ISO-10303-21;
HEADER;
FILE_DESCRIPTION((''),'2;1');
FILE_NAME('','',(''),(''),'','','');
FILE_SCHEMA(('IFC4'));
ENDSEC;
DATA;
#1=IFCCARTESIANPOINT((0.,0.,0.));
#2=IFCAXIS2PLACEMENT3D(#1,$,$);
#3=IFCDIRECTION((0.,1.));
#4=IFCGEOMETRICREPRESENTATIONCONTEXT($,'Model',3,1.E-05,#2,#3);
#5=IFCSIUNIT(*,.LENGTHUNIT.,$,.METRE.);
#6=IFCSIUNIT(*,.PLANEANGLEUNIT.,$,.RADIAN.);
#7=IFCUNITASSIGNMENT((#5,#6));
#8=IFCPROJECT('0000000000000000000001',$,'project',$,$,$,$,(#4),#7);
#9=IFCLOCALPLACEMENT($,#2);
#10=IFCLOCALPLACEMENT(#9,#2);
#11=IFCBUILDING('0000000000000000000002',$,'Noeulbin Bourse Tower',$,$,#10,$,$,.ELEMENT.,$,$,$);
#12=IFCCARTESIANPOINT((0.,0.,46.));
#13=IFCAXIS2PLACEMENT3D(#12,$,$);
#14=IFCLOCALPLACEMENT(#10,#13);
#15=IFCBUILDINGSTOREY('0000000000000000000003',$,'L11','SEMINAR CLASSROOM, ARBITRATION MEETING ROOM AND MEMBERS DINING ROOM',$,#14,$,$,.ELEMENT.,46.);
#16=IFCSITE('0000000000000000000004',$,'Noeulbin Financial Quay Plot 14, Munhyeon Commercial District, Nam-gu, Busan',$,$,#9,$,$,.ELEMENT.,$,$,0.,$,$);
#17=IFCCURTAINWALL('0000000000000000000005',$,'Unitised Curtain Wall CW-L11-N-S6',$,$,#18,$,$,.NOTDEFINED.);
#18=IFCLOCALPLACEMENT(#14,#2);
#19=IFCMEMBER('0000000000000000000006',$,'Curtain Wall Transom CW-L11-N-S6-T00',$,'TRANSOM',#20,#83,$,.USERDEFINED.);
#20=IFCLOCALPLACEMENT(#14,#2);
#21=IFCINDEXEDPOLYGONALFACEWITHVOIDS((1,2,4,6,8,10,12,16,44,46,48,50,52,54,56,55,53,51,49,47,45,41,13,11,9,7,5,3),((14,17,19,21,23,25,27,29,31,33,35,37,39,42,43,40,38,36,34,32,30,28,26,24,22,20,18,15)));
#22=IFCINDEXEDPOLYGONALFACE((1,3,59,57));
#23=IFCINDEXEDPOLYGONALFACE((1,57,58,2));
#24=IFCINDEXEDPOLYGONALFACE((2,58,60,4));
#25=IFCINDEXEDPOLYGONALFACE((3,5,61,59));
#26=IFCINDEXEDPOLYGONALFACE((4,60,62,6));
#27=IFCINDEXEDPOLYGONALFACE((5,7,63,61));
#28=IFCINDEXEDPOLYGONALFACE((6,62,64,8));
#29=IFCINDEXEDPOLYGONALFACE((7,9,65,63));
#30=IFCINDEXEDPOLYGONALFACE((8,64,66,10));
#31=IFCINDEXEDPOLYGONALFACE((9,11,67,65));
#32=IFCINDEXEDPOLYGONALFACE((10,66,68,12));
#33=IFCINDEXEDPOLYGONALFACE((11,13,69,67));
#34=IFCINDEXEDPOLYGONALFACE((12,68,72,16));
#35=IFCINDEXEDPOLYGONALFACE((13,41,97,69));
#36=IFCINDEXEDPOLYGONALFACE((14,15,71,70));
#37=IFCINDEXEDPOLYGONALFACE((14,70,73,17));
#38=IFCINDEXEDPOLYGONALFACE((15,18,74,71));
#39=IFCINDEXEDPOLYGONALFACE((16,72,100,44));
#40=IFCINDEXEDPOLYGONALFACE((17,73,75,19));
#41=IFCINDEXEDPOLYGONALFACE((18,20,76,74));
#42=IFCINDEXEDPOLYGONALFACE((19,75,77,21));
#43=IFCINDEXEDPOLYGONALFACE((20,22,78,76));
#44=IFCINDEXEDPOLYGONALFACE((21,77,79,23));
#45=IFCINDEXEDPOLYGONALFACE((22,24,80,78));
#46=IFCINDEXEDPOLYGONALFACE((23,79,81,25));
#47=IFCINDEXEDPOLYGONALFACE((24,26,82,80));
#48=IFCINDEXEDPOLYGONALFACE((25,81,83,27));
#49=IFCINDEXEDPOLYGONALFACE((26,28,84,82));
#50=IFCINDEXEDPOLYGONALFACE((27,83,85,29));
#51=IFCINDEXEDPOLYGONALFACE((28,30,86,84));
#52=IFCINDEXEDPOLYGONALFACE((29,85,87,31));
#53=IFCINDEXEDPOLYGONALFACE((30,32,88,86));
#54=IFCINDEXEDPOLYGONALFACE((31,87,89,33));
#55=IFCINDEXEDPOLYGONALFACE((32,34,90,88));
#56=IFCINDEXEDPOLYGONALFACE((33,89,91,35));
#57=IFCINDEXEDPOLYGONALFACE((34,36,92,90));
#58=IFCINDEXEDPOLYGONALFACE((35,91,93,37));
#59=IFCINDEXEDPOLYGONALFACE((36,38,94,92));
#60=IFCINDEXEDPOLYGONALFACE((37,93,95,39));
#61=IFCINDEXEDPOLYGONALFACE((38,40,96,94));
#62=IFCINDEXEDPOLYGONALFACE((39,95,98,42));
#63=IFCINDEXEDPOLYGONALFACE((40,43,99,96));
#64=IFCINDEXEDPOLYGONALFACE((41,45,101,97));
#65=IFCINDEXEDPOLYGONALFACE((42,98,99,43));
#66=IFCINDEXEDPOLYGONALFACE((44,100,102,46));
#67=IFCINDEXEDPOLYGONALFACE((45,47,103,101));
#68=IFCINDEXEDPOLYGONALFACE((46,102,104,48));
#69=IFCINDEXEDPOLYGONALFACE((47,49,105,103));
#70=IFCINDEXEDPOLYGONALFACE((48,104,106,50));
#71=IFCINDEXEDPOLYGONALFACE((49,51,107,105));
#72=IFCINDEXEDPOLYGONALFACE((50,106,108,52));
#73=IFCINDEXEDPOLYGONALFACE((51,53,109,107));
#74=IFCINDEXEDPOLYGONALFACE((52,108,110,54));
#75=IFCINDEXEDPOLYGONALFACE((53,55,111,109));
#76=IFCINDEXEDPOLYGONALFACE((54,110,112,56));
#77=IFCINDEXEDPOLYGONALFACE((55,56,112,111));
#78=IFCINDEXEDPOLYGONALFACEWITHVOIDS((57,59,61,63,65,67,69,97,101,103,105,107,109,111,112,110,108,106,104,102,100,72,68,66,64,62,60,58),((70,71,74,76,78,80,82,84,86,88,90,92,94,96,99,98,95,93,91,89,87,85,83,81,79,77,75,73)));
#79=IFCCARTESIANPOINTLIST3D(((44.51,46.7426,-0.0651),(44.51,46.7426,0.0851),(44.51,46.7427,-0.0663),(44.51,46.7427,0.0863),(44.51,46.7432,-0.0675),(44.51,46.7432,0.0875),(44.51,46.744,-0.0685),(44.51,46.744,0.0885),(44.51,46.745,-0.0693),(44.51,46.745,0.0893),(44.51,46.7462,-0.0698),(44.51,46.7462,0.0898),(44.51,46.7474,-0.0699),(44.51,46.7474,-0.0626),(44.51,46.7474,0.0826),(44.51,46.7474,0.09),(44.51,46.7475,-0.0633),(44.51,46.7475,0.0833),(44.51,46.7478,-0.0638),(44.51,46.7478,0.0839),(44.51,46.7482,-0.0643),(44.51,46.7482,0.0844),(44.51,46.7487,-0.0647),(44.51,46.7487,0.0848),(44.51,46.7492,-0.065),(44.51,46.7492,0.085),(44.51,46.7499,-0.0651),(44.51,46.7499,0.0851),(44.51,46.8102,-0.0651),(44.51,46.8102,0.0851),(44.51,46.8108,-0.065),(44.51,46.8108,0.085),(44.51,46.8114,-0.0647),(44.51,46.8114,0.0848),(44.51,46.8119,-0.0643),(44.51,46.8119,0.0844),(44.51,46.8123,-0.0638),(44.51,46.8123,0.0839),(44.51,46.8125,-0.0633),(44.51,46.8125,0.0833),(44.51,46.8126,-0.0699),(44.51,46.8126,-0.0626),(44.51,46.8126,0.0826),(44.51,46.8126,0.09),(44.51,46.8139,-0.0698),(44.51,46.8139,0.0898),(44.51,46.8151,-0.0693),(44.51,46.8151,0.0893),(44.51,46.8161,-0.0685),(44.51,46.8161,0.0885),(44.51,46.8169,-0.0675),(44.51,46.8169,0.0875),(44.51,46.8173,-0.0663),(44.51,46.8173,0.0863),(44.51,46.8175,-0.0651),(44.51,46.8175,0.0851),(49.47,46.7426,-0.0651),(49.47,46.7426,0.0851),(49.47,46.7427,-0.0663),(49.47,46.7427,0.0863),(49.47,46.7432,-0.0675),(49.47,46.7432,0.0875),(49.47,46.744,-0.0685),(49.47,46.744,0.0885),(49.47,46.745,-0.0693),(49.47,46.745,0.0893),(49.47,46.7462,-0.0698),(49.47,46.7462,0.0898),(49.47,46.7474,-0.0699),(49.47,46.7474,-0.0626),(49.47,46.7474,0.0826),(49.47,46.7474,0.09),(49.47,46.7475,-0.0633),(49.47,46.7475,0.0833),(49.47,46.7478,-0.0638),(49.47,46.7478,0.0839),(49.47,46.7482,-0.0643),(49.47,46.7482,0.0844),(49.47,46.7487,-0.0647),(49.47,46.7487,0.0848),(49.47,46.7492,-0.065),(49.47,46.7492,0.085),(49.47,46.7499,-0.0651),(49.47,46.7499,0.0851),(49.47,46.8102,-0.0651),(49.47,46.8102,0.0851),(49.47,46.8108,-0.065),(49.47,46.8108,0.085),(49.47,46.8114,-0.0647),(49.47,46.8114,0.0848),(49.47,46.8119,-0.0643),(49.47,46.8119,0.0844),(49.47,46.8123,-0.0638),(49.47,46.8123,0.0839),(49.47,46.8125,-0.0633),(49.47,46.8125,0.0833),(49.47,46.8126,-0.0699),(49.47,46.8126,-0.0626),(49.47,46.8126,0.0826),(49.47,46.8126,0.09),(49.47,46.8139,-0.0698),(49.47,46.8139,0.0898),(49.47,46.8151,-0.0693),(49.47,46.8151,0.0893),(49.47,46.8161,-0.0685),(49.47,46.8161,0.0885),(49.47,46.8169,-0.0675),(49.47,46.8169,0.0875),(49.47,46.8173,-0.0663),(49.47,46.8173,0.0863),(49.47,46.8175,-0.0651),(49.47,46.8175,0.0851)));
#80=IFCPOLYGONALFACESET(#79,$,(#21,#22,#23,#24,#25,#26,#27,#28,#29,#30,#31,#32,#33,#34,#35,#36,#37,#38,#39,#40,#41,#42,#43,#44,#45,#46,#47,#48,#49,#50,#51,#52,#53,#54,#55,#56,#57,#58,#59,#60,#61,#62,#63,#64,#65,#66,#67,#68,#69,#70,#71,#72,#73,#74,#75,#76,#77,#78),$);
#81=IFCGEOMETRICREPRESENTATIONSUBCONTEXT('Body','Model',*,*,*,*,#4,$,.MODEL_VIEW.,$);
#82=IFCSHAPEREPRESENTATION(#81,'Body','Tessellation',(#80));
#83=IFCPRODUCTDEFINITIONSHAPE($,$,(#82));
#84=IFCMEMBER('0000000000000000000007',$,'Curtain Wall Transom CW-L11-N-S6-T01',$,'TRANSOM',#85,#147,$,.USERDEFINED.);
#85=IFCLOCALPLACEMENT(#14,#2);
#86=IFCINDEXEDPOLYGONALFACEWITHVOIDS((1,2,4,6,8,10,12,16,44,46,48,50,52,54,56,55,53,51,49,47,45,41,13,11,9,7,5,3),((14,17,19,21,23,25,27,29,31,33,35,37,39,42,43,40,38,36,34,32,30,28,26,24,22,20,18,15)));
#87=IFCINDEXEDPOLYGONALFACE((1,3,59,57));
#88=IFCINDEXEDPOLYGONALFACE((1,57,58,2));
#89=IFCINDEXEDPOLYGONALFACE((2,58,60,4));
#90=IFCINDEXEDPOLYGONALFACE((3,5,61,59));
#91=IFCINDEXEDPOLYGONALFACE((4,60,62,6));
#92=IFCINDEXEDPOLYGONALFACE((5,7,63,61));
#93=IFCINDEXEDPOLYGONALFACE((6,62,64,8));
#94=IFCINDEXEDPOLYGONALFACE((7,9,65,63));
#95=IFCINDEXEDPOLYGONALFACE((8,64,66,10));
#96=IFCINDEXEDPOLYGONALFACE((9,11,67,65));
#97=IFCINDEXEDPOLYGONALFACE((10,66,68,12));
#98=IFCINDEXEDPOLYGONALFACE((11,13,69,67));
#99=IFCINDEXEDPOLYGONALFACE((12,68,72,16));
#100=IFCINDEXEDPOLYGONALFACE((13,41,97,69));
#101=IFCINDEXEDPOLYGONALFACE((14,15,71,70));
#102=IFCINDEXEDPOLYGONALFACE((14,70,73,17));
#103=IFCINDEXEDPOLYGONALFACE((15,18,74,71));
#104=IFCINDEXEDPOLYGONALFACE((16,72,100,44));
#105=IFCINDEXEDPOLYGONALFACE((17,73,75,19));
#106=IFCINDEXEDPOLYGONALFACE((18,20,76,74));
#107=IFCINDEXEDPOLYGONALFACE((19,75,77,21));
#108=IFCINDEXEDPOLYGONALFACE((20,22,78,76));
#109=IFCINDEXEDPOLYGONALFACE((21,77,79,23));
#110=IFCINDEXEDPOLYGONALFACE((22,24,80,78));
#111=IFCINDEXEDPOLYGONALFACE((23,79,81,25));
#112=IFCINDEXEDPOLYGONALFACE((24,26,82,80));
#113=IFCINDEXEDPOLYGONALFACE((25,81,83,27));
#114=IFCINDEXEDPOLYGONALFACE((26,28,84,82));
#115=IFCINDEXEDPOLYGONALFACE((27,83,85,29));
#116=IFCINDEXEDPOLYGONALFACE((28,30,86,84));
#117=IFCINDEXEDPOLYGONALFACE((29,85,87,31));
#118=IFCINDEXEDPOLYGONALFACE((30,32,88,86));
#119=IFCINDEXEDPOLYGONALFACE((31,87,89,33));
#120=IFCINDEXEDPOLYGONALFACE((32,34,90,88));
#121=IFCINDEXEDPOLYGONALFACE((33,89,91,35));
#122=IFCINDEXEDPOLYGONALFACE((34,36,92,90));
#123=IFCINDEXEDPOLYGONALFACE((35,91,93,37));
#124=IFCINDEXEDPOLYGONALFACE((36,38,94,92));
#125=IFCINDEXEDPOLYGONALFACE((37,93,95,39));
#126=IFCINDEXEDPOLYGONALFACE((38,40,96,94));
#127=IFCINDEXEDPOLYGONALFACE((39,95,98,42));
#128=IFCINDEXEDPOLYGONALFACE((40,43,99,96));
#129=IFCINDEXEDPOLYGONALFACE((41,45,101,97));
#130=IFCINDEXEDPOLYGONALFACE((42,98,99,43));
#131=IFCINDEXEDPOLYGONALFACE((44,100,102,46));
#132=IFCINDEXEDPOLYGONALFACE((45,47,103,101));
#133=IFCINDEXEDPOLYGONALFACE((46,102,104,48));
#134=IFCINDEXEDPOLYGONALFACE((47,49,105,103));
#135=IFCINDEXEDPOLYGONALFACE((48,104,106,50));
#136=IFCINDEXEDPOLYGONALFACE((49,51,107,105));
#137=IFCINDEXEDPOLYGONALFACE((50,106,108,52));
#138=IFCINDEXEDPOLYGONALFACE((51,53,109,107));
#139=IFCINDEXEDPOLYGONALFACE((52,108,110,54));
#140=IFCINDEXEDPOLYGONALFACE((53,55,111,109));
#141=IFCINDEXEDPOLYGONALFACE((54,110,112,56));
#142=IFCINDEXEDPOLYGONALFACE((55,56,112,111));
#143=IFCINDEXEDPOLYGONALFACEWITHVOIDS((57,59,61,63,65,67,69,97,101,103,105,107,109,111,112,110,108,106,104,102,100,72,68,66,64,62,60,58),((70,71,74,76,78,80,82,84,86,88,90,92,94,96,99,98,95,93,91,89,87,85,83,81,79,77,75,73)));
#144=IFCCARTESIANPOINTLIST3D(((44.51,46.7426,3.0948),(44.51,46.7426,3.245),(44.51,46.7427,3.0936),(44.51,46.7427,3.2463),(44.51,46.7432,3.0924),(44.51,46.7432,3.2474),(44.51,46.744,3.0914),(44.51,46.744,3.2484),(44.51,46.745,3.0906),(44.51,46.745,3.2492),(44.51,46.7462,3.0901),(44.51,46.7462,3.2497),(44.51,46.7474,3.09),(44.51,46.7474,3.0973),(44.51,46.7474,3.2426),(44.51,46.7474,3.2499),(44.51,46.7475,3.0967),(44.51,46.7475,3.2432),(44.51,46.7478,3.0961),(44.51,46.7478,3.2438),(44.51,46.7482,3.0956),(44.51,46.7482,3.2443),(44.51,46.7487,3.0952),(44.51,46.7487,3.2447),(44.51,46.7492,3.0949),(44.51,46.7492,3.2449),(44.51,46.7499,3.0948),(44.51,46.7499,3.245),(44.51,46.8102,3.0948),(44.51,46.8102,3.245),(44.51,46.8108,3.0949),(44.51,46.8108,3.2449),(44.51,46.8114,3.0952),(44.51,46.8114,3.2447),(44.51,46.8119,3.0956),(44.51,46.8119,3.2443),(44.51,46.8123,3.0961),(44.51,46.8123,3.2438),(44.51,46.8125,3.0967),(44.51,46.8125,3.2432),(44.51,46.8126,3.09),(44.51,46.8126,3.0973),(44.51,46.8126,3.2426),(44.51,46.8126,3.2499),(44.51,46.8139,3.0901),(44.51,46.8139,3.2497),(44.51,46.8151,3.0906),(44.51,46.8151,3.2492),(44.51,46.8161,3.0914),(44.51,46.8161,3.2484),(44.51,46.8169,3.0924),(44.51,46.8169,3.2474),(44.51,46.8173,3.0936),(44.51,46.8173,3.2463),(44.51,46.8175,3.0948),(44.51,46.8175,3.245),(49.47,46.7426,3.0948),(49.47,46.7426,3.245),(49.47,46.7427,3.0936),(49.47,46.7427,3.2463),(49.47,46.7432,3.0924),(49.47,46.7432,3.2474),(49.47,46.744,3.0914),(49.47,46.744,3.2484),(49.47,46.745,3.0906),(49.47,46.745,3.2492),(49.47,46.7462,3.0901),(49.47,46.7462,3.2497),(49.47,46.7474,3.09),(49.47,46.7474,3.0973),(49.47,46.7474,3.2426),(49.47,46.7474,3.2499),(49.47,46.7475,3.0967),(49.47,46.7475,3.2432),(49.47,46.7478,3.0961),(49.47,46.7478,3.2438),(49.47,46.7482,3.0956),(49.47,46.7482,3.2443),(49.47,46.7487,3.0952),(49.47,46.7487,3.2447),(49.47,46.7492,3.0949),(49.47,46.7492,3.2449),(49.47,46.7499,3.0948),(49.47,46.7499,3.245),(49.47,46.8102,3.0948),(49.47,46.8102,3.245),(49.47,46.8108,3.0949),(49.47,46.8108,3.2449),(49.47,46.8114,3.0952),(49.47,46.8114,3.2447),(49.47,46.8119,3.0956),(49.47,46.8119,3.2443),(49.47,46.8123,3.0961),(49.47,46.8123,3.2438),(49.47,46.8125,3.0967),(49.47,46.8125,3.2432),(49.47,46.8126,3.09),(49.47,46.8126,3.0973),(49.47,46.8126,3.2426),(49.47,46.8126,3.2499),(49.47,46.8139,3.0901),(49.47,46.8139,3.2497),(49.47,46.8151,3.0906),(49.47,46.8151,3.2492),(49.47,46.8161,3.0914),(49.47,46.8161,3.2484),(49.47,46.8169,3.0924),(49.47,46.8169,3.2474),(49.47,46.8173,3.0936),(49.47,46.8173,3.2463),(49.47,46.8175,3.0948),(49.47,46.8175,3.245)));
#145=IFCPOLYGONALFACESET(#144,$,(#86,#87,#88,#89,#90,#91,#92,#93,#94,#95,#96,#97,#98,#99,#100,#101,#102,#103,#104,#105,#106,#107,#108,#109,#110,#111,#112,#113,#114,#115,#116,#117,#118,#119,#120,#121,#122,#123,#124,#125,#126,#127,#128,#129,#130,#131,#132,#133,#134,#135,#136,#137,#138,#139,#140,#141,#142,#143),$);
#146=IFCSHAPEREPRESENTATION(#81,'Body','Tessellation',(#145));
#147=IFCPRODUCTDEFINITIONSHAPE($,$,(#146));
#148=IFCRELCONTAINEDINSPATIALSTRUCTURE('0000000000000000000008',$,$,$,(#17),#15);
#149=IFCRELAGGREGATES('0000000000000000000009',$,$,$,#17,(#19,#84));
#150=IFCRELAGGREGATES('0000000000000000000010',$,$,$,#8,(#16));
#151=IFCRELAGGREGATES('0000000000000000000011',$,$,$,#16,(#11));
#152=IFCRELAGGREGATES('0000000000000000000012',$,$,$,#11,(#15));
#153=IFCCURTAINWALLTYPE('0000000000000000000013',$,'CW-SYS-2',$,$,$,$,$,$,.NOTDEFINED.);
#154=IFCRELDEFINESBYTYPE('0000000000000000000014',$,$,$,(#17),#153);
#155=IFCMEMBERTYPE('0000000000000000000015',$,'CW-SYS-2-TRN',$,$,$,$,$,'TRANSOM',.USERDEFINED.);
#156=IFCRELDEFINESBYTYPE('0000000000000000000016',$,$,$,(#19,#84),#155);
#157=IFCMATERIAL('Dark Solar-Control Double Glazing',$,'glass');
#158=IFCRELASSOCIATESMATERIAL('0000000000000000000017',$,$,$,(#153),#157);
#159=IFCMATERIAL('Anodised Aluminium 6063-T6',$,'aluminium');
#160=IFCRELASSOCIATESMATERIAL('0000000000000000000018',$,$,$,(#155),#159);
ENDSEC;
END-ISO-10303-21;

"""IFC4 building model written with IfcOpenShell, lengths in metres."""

from ifc_helpers import new_model, si_unit, direction, frame, origin, origin_2d, place, context, subcontext, project, spatial, hollow_rectangle, extrude, material, material_profile, profile_set, type_object, element, aggregate, save


model = new_model("IFC4")

# Units and contexts
model_context = context("Model", 3, precision=1e-05, world=origin(), true_north=direction((0.0, 1.0)))
body_context = subcontext(model_context, "Body", "Model", "MODEL_VIEW")
ifc_project = project(units=[si_unit("LENGTHUNIT", "METRE"), si_unit("PLANEANGLEUNIT", "RADIAN")], contexts=[model_context])

# Site, building, storey
site_placement = place(None, origin())
site = spatial("IfcSite", under=ifc_project, at=site_placement, Name="Noeulbin Financial Quay Plot 14, Munhyeon Commercial District, Nam-gu, Busan", CompositionType="ELEMENT", RefElevation=0.0)
building_placement = place(site_placement, origin())
building = spatial("IfcBuilding", under=site, at=building_placement, Name="Noeulbin Bourse Tower", CompositionType="ELEMENT")
storey_placement = place(building_placement, frame((0.0, 0.0, 46.0)))
storey = spatial("IfcBuildingStorey", under=building, at=storey_placement, Name="L11", Description="SEMINAR CLASSROOM, ARBITRATION MEETING ROOM AND MEMBERS DINING ROOM", CompositionType="ELEMENT", Elevation=46.0)

# Shared definitions
ifc_material_1 = material(Name="Dark Solar-Control Double Glazing", Category="glass")
curtain_wall_type = type_object("IfcCurtainWallType", Name="CW-SYS-2", PredefinedType="NOTDEFINED", material=ifc_material_1)
ifc_material_2 = material(Name="Anodised Aluminium 6063-T6", Category="aluminium")

# Curtain wall
curtain_wall_1_placement = place(storey_placement, origin())
curtain_wall_1 = element("IfcCurtainWall", 1, at=curtain_wall_1_placement, inside=storey, type_object=curtain_wall_type, Name="Unitised Curtain Wall CW-L11-N-S6", PredefinedType="NOTDEFINED")

# Members
ifc_material_profile_1 = material_profile(ifc_material_2, hollow_rectangle(XDim=0.075, YDim=0.1599, WallThickness=0.0049, InnerFilletRadius=0.0024, OuterFilletRadius=0.0049, at=origin_2d()), Name="ALU-TRAN-75x160x5", Category="LoadBearing")
ifc_profile_set_1 = profile_set([ifc_material_profile_1], Name="Anodised Aluminium 6063-T6")
member_type_1 = type_object("IfcMemberType", Name="CW-SYS-2-TRN", ElementType="TRANSOM", PredefinedType="USERDEFINED", material=ifc_profile_set_1)
member_1_placement = place(storey_placement, frame((44.51, 46.78, 0.01), z_axis=(1.0, 0.0, 0.0), x_axis=(0.0, 1.0, 0.0)))
member_1 = element("IfcMember", 2, at=member_1_placement, type_object=member_type_1, Name="Curtain Wall Transom CW-L11-N-S6-T00", ObjectType="TRANSOM", PredefinedType="USERDEFINED", context=body_context, shape_type="SweptSolid", body=[
    extrude(hollow_rectangle(XDim=0.075, YDim=0.1599, WallThickness=0.0049, InnerFilletRadius=0.0024, OuterFilletRadius=0.0049, at=origin_2d()), origin(), (0.0, 0.0, 1.0), 4.96),
])
member_2_placement = place(storey_placement, frame((44.51, 46.78, 3.1699), z_axis=(1.0, 0.0, 0.0), x_axis=(0.0, 1.0, 0.0)))
member_2 = element("IfcMember", 3, at=member_2_placement, type_object=member_type_1, Name="Curtain Wall Transom CW-L11-N-S6-T01", ObjectType="TRANSOM", PredefinedType="USERDEFINED", context=body_context, shape_type="SweptSolid", body=[
    extrude(hollow_rectangle(XDim=0.075, YDim=0.1599, WallThickness=0.0049, InnerFilletRadius=0.0024, OuterFilletRadius=0.0049, at=origin_2d()), origin(), (0.0, 0.0, 1.0), 4.96),
])

aggregate(curtain_wall_1, [member_1, member_2])

save(model, "model.ifc")
